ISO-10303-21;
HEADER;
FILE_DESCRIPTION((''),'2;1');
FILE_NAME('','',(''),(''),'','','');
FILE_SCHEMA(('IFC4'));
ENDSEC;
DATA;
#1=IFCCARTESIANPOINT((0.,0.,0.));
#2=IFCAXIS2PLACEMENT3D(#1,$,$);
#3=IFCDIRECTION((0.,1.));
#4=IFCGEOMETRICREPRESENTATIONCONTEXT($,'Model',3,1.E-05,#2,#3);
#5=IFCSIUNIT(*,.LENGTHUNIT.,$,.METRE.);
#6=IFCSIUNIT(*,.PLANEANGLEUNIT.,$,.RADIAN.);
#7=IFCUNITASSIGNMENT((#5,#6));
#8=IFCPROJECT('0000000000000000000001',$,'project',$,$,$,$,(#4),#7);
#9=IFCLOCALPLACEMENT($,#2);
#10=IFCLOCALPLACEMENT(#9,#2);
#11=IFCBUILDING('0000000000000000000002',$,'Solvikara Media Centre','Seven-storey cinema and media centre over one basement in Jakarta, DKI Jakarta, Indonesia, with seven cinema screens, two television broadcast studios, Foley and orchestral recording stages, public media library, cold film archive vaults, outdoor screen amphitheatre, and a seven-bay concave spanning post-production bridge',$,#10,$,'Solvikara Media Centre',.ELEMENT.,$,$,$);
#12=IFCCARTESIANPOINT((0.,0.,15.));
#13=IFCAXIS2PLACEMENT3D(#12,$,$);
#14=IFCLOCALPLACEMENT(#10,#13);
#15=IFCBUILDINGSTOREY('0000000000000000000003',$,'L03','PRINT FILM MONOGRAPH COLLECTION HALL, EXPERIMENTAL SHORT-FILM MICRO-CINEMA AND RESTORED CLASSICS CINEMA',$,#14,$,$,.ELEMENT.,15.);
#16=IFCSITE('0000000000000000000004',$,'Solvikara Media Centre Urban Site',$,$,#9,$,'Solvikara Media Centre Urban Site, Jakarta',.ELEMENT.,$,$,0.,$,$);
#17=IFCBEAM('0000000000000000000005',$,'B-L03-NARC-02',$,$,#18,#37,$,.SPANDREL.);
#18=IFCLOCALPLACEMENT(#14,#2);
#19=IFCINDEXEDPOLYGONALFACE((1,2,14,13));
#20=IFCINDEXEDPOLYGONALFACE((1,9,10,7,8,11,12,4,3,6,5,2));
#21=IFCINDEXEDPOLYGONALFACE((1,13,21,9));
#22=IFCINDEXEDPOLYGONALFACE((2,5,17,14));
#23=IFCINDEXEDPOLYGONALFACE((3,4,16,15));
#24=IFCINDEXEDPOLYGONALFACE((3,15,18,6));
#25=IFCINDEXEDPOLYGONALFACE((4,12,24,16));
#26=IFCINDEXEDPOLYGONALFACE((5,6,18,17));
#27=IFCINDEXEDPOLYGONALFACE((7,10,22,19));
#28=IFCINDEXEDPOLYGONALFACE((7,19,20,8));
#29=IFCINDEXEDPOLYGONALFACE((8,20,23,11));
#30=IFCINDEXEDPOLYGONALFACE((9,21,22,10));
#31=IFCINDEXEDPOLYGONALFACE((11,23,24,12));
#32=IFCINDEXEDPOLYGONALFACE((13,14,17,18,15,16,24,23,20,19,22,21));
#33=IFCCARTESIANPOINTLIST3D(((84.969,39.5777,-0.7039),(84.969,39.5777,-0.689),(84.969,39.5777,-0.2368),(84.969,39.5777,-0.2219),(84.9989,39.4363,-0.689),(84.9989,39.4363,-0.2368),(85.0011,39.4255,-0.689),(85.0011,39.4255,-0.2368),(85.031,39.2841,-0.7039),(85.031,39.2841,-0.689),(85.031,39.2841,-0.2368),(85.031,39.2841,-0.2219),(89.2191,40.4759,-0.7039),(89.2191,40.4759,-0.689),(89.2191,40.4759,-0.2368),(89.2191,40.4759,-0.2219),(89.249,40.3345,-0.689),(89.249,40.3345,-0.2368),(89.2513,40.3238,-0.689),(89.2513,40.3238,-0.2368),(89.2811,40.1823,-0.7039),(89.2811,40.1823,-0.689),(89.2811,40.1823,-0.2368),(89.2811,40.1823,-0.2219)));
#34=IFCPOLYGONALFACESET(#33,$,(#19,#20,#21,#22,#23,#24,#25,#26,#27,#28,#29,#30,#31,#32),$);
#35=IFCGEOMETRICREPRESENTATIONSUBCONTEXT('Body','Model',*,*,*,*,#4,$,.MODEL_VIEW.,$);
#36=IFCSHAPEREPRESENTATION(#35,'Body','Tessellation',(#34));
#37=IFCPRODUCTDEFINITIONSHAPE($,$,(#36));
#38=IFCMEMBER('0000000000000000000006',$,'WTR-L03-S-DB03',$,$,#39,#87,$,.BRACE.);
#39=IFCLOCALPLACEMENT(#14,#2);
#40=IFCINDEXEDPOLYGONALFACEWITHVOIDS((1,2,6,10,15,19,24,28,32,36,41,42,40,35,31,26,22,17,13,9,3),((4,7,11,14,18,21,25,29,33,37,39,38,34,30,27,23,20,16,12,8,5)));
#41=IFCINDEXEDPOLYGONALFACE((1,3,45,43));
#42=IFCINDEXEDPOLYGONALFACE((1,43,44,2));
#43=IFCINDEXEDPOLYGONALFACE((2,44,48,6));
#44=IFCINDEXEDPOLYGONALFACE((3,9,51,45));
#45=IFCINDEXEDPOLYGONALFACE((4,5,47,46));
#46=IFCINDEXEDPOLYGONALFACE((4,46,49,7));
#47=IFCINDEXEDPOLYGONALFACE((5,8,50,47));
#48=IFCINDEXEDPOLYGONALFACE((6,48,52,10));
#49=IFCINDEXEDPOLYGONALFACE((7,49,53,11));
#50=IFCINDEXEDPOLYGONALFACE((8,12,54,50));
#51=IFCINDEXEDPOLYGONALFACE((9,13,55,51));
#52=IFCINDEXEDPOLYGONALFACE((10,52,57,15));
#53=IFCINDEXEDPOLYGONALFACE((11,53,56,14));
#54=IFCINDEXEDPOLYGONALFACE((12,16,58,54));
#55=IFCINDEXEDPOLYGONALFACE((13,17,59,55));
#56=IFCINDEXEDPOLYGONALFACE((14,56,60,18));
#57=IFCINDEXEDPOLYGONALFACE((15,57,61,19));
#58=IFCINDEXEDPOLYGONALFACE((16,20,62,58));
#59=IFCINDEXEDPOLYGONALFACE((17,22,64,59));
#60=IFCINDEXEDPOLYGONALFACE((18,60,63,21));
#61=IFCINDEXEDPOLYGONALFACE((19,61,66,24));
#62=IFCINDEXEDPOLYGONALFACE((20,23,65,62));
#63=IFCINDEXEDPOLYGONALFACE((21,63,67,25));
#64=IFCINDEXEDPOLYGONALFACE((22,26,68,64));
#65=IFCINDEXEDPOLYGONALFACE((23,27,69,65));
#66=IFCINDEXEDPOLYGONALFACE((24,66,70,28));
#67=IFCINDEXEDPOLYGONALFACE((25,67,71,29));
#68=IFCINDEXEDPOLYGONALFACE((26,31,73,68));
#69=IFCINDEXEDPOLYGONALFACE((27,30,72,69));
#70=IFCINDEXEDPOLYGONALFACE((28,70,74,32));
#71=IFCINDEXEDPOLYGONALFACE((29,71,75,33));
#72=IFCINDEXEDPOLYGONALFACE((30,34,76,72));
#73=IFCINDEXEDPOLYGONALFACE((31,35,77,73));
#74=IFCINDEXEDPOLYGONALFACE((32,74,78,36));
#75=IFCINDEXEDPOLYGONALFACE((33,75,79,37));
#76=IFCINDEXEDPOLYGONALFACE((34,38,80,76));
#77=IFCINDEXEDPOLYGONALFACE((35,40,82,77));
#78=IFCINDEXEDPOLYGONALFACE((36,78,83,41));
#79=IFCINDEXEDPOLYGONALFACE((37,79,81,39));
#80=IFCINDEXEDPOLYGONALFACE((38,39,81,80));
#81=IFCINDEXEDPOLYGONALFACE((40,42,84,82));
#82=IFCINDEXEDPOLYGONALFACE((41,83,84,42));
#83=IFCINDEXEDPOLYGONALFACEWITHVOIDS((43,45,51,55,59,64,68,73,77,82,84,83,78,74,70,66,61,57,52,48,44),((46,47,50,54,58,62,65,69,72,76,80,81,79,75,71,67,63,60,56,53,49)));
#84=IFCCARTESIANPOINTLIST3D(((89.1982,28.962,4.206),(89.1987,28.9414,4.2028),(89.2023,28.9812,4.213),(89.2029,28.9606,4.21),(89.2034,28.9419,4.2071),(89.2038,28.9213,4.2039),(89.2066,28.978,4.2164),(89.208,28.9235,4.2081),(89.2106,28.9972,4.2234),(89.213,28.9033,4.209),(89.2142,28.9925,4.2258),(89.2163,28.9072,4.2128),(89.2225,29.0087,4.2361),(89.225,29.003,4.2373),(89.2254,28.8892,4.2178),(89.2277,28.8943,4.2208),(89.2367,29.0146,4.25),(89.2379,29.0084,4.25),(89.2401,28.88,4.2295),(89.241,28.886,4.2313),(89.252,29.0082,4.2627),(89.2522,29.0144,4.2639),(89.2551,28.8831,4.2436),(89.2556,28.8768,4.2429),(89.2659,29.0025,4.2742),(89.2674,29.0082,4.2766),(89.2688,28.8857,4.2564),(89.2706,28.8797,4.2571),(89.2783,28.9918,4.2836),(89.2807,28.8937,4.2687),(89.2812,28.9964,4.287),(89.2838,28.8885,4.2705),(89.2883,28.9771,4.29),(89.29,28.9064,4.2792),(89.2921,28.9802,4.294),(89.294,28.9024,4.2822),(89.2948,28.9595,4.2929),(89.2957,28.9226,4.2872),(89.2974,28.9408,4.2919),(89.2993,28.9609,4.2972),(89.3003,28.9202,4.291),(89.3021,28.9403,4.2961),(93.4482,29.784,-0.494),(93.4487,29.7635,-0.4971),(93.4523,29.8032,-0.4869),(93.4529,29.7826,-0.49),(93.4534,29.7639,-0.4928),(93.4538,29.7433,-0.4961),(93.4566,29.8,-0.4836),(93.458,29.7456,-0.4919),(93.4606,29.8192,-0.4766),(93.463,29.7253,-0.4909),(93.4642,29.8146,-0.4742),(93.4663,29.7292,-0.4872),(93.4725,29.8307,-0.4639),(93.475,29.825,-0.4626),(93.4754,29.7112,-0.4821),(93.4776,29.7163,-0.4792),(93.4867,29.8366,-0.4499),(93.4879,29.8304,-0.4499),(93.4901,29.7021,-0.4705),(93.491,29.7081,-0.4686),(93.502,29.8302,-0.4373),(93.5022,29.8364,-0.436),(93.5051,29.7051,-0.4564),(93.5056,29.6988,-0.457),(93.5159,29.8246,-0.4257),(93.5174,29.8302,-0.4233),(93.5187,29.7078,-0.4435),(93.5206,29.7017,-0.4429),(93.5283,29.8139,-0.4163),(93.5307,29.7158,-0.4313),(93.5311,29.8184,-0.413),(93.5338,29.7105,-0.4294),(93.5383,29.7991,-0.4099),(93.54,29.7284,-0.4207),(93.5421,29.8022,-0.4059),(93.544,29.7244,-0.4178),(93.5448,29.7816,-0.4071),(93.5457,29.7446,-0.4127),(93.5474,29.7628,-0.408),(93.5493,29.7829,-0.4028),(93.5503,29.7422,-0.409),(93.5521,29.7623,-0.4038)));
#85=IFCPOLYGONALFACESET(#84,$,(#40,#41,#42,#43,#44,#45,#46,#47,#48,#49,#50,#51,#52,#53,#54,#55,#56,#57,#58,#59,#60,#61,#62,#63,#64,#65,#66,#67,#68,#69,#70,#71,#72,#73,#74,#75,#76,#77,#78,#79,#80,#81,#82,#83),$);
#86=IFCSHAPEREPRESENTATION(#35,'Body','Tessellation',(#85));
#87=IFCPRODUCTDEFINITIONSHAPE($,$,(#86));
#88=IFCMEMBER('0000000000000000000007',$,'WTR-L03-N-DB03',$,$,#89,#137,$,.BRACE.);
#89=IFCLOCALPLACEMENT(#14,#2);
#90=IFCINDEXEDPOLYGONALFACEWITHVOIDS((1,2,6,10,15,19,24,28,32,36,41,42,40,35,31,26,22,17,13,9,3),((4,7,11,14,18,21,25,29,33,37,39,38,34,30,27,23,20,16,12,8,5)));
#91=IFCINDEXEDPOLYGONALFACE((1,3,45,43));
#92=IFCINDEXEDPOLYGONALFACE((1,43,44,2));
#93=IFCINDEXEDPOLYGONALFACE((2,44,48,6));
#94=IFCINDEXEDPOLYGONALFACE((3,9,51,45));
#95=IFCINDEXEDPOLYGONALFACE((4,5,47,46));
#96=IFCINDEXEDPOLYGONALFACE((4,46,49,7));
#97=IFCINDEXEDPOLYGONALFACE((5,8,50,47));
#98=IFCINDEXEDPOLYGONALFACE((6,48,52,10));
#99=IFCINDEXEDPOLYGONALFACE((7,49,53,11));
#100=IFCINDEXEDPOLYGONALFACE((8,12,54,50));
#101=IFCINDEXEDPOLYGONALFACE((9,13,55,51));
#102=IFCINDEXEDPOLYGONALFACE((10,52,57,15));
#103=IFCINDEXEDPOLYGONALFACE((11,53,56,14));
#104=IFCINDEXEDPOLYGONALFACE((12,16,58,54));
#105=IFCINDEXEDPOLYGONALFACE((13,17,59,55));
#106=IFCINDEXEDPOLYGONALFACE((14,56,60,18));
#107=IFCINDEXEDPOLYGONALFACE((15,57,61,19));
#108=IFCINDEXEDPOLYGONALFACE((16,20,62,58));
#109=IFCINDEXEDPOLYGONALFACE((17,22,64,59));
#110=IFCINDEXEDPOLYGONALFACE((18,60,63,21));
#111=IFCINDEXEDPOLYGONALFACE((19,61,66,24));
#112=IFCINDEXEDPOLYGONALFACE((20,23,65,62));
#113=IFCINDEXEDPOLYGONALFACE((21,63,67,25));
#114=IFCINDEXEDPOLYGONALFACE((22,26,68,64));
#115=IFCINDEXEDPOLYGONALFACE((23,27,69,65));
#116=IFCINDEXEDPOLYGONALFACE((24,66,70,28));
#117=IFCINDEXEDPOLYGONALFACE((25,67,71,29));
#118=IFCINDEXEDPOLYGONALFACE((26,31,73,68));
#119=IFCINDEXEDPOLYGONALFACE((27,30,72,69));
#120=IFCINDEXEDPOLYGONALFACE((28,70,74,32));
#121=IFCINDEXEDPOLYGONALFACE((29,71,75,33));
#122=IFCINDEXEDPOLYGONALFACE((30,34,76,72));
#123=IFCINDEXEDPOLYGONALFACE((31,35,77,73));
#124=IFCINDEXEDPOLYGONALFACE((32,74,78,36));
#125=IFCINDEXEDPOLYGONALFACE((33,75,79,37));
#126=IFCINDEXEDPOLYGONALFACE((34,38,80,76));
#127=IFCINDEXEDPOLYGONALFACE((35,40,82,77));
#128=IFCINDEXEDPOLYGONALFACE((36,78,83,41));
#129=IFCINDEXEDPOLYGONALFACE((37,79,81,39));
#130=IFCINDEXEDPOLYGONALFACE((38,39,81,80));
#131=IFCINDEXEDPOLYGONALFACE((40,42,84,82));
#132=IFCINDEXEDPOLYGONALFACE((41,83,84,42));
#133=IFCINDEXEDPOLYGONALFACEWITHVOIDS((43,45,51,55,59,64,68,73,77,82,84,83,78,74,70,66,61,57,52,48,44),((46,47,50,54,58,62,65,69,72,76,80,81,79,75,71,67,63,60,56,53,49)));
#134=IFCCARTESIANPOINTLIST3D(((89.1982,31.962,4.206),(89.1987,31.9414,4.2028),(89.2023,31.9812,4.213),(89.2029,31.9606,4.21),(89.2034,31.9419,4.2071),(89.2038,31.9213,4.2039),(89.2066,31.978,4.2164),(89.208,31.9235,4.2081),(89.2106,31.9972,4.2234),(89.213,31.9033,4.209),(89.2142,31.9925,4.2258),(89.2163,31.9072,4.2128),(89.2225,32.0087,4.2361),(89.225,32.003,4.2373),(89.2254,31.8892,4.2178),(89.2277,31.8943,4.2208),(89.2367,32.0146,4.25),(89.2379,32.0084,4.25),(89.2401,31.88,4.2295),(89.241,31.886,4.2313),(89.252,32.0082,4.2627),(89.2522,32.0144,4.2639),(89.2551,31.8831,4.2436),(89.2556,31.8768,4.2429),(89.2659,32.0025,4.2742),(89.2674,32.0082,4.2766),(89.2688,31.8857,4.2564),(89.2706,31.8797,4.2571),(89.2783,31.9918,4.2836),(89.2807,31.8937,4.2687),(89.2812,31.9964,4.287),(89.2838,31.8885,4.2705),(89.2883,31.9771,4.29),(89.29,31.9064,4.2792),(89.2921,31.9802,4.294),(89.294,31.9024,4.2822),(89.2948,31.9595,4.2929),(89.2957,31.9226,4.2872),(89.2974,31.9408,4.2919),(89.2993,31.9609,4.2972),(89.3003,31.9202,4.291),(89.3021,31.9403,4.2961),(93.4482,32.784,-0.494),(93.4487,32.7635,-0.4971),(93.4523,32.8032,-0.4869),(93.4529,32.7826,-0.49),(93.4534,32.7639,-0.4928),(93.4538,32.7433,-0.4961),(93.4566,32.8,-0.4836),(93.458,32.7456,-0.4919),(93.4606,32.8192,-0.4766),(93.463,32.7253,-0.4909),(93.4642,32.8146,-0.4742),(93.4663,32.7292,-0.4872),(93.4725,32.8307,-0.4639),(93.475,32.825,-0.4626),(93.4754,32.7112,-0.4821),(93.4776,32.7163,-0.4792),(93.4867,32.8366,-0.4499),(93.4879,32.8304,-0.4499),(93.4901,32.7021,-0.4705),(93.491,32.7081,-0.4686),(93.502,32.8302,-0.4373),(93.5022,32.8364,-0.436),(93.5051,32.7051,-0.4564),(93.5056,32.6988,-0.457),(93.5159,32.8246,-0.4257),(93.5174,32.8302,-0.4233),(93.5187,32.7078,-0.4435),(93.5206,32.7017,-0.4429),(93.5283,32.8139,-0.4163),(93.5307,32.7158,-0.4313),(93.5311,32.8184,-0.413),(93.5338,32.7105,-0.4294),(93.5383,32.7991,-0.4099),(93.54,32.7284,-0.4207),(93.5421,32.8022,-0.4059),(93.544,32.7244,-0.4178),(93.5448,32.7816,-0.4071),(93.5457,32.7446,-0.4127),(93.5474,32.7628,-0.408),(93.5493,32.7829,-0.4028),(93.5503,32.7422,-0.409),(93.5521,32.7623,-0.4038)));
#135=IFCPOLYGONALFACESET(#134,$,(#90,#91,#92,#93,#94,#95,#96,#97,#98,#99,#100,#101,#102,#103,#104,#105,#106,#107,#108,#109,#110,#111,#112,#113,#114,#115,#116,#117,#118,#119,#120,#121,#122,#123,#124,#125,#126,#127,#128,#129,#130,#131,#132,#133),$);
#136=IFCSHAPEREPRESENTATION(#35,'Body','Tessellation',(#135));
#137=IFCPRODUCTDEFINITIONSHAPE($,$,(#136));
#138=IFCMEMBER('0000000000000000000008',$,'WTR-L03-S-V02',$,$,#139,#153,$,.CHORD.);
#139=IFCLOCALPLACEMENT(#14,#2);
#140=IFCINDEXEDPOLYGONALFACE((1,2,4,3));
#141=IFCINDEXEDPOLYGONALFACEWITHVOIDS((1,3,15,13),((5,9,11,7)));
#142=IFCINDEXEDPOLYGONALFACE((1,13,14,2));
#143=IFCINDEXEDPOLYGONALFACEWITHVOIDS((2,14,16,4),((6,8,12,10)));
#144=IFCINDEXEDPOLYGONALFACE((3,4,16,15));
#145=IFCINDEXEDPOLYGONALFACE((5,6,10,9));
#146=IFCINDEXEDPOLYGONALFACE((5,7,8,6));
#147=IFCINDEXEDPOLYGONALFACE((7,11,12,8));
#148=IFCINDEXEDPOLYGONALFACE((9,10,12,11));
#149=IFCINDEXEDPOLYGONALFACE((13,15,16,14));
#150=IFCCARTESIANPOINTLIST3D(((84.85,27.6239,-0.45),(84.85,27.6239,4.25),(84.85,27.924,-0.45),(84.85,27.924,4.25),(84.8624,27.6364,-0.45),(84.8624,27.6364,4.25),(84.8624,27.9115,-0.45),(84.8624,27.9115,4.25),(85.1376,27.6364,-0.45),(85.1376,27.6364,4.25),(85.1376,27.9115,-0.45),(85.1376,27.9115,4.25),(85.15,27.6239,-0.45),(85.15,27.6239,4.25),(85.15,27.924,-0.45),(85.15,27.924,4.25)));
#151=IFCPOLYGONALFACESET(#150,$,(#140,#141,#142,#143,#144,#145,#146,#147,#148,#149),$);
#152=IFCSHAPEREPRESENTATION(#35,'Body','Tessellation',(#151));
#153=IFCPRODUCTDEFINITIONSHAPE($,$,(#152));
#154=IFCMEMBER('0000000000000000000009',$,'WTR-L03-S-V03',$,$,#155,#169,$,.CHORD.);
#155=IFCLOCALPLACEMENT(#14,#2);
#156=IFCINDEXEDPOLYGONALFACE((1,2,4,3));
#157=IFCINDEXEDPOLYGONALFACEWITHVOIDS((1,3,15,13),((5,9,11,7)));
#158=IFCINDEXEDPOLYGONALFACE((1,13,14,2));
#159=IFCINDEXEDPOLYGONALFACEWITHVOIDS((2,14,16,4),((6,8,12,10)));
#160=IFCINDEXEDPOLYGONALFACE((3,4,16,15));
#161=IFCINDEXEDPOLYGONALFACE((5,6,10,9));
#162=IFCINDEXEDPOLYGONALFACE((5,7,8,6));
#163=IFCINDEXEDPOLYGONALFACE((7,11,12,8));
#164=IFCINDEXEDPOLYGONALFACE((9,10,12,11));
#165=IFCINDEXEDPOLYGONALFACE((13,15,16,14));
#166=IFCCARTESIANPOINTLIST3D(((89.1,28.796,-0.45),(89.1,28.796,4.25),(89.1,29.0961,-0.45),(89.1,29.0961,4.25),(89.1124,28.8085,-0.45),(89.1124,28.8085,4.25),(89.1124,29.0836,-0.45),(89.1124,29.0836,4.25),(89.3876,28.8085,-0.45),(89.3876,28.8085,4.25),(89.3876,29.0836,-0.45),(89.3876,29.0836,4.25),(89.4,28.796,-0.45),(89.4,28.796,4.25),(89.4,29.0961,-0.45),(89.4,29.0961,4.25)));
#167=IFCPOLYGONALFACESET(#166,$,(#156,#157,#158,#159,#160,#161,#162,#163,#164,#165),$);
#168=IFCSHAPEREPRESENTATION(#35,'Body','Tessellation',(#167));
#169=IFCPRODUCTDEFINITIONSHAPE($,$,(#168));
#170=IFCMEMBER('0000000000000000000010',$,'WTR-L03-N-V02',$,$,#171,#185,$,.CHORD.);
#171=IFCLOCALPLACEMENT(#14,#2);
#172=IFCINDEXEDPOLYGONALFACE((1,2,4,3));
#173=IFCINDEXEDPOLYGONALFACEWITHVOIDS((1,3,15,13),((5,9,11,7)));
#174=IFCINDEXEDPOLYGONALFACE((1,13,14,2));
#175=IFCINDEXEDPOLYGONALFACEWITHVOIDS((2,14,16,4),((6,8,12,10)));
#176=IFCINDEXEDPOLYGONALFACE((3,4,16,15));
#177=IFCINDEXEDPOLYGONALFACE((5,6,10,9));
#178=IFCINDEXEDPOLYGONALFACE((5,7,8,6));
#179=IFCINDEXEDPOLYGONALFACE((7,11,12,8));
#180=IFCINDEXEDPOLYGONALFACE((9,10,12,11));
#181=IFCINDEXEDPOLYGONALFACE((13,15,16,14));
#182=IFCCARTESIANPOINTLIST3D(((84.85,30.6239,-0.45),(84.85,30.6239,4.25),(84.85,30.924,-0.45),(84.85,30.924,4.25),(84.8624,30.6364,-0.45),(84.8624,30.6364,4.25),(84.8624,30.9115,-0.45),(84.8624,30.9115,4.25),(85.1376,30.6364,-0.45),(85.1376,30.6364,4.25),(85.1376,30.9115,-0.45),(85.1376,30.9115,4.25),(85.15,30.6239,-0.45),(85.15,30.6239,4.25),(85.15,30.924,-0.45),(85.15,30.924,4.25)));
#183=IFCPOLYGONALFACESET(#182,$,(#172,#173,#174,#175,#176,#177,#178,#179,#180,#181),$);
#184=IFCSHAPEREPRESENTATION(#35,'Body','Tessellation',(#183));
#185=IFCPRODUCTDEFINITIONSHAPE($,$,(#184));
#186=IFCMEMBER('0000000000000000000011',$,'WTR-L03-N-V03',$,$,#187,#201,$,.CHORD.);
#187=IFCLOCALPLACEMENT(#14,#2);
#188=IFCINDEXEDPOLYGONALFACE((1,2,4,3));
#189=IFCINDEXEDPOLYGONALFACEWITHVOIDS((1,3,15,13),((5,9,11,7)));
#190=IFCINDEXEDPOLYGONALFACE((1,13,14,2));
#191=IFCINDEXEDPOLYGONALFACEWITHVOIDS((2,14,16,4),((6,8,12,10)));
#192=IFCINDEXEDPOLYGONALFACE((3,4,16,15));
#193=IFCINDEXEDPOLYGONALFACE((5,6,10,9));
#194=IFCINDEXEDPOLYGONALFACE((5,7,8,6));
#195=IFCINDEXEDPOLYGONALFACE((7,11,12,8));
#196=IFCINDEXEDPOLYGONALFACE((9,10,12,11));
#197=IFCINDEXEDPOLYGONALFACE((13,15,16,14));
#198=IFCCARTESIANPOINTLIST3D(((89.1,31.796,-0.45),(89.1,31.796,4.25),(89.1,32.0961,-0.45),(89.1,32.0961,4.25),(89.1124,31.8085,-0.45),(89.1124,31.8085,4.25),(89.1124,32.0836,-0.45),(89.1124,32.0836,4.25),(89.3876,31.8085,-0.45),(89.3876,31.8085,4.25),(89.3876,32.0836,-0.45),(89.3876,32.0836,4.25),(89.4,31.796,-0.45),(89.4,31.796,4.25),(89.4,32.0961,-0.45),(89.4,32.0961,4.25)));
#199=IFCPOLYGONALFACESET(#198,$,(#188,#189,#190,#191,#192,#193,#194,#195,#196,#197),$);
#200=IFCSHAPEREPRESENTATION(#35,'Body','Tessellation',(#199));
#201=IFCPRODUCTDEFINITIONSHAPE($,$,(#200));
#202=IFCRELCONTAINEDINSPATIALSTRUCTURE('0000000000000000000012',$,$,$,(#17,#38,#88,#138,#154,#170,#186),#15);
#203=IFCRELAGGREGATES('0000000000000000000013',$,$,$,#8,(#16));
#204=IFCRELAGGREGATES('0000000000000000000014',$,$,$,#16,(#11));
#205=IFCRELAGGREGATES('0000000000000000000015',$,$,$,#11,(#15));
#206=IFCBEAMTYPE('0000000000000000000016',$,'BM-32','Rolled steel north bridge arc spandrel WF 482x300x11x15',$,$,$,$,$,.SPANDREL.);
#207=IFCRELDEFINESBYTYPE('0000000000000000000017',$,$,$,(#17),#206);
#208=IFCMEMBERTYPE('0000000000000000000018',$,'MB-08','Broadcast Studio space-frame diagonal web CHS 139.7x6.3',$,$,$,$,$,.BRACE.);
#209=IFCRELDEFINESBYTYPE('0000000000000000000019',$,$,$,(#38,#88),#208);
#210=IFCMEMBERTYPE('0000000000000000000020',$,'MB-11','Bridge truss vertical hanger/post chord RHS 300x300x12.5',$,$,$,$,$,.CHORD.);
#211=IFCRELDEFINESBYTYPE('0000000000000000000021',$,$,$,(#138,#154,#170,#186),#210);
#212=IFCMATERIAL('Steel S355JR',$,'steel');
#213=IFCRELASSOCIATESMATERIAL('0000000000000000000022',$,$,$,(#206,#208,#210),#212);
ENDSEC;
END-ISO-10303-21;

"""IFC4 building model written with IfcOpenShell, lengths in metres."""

from ifc_helpers import new_model, si_unit, direction, frame, origin, origin_2d, place, context, subcontext, project, spatial, hollow_rectangle, hollow_circle, i_section, extrude, material, material_profile, profile_set, type_object, element, save


model = new_model("IFC4")

# Units and contexts
model_context = context("Model", 3, precision=1e-05, world=origin(), true_north=direction((0.0, 1.0)))
body_context = subcontext(model_context, "Body", "Model", "MODEL_VIEW")
ifc_project = project(units=[si_unit("LENGTHUNIT", "METRE"), si_unit("PLANEANGLEUNIT", "RADIAN")], contexts=[model_context])

# Site, building, storey
site_placement = place(None, origin())
site = spatial("IfcSite", under=ifc_project, at=site_placement, Name="Solvikara Media Centre Urban Site", LongName="Solvikara Media Centre Urban Site, Jakarta", CompositionType="ELEMENT", RefElevation=0.0)
building_placement = place(site_placement, origin())
building = spatial("IfcBuilding", under=site, at=building_placement, Name="Solvikara Media Centre", Description="Seven-storey cinema and media centre over one basement in Jakarta, DKI Jakarta, Indonesia, with seven cinema screens, two television broadcast studios, Foley and orchestral recording stages, public media library, cold film archive vaults, outdoor screen amphitheatre, and a seven-bay concave spanning post-production bridge", LongName="Solvikara Media Centre", CompositionType="ELEMENT")
storey_placement = place(building_placement, frame((0.0, 0.0, 15.0)))
storey = spatial("IfcBuildingStorey", under=building, at=storey_placement, Name="L03", Description="PRINT FILM MONOGRAPH COLLECTION HALL, EXPERIMENTAL SHORT-FILM MICRO-CINEMA AND RESTORED CLASSICS CINEMA", CompositionType="ELEMENT", Elevation=15.0)

# Beam
ifc_material_1 = material(Name="Steel S355JR", Category="steel")
ifc_material_profile_1 = material_profile(ifc_material_1, i_section(OverallWidth=0.3, OverallDepth=0.4819, WebThickness=0.011, FlangeThickness=0.0149, at=origin_2d()), Name="WF 482x300x11x15")
ifc_profile_set_1 = profile_set([ifc_material_profile_1], Name="Steel S355JR")
beam_type_1 = type_object("IfcBeamType", Name="BM-32", Description="Rolled steel north bridge arc spandrel WF 482x300x11x15", PredefinedType="SPANDREL", material=ifc_profile_set_1)
beam_1_placement = place(storey_placement, frame((85.0, 39.4309, -0.4629), z_axis=(0.978389, 0.206772, 0.0), x_axis=(-0.206772, 0.978389, 0.0)))
element("IfcBeam", 1, at=beam_1_placement, inside=storey, type_object=beam_type_1, Name="B-L03-NARC-02", PredefinedType="SPANDREL", context=body_context, shape_type="SweptSolid", body=[
    extrude(i_section(OverallWidth=0.3, OverallDepth=0.4819, WebThickness=0.011, FlangeThickness=0.0149, at=origin_2d()), origin(), (0.0, 0.0, 1.0), 4.344),
])

# Members
ifc_material_profile_2 = material_profile(ifc_material_1, hollow_circle(Radius=0.0698, WallThickness=0.0063, at=origin_2d()), Name="CHS 139.7x6.3")
ifc_profile_set_2 = profile_set([ifc_material_profile_2], Name="Steel S355JR")
member_type_1 = type_object("IfcMemberType", Name="MB-08", Description="Broadcast Studio space-frame diagonal web CHS 139.7x6.3", PredefinedType="BRACE", material=ifc_profile_set_2)
for number, where, z_axis, x_axis, name in (
    (2, (89.25, 28.946, 4.25), (0.665137, 0.128649, -0.735556), (-0.189897, 0.981804, 0.0), "WTR-L03-S-DB03"),
    (3, (89.25, 31.946, 4.25), (0.665137, 0.128649, -0.735556), (-0.189897, 0.981804, 0.0), "WTR-L03-N-DB03"),
):
    element("IfcMember", number, at=place(storey_placement, frame(where, z_axis=z_axis, x_axis=x_axis)), inside=storey, type_object=member_type_1, Name=name, PredefinedType="BRACE", context=body_context, shape_type="SweptSolid", body=[
        extrude(hollow_circle(Radius=0.0698, WallThickness=0.0063, at=origin_2d()), origin(), (0.0, 0.0, 1.0), 6.3896),
    ])
ifc_material_profile_3 = material_profile(ifc_material_1, hollow_rectangle(XDim=0.3, YDim=0.3, WallThickness=0.0125, at=origin_2d()), Name="RHS 300x300x12.5")
ifc_profile_set_3 = profile_set([ifc_material_profile_3], Name="Steel S355JR")
member_type_2 = type_object("IfcMemberType", Name="MB-11", Description="Bridge truss vertical hanger/post chord RHS 300x300x12.5", PredefinedType="CHORD", material=ifc_profile_set_3)
for number, where, z_axis, x_axis, name in (
    (4, (85.0, 27.7739, -0.45), (0.0, 0.0, 1.0), (1.0, 0.0, 0.0), "WTR-L03-S-V02"),
    (5, (89.25, 28.946, -0.45), (0.0, 0.0, 1.0), (1.0, 0.0, 0.0), "WTR-L03-S-V03"),
    (6, (85.0, 30.7739, -0.45), (0.0, 0.0, 1.0), (1.0, 0.0, 0.0), "WTR-L03-N-V02"),
    (7, (89.25, 31.946, -0.45), (0.0, 0.0, 1.0), (1.0, 0.0, 0.0), "WTR-L03-N-V03"),
):
    element("IfcMember", number, at=place(storey_placement, frame(where, z_axis=z_axis, x_axis=x_axis)), inside=storey, type_object=member_type_2, Name=name, PredefinedType="CHORD", context=body_context, shape_type="SweptSolid", body=[
        extrude(hollow_rectangle(XDim=0.3, YDim=0.3, WallThickness=0.0125, at=origin_2d()), origin(), (0.0, 0.0, 1.0), 4.7),
    ])

save(model, "model.ifc")
